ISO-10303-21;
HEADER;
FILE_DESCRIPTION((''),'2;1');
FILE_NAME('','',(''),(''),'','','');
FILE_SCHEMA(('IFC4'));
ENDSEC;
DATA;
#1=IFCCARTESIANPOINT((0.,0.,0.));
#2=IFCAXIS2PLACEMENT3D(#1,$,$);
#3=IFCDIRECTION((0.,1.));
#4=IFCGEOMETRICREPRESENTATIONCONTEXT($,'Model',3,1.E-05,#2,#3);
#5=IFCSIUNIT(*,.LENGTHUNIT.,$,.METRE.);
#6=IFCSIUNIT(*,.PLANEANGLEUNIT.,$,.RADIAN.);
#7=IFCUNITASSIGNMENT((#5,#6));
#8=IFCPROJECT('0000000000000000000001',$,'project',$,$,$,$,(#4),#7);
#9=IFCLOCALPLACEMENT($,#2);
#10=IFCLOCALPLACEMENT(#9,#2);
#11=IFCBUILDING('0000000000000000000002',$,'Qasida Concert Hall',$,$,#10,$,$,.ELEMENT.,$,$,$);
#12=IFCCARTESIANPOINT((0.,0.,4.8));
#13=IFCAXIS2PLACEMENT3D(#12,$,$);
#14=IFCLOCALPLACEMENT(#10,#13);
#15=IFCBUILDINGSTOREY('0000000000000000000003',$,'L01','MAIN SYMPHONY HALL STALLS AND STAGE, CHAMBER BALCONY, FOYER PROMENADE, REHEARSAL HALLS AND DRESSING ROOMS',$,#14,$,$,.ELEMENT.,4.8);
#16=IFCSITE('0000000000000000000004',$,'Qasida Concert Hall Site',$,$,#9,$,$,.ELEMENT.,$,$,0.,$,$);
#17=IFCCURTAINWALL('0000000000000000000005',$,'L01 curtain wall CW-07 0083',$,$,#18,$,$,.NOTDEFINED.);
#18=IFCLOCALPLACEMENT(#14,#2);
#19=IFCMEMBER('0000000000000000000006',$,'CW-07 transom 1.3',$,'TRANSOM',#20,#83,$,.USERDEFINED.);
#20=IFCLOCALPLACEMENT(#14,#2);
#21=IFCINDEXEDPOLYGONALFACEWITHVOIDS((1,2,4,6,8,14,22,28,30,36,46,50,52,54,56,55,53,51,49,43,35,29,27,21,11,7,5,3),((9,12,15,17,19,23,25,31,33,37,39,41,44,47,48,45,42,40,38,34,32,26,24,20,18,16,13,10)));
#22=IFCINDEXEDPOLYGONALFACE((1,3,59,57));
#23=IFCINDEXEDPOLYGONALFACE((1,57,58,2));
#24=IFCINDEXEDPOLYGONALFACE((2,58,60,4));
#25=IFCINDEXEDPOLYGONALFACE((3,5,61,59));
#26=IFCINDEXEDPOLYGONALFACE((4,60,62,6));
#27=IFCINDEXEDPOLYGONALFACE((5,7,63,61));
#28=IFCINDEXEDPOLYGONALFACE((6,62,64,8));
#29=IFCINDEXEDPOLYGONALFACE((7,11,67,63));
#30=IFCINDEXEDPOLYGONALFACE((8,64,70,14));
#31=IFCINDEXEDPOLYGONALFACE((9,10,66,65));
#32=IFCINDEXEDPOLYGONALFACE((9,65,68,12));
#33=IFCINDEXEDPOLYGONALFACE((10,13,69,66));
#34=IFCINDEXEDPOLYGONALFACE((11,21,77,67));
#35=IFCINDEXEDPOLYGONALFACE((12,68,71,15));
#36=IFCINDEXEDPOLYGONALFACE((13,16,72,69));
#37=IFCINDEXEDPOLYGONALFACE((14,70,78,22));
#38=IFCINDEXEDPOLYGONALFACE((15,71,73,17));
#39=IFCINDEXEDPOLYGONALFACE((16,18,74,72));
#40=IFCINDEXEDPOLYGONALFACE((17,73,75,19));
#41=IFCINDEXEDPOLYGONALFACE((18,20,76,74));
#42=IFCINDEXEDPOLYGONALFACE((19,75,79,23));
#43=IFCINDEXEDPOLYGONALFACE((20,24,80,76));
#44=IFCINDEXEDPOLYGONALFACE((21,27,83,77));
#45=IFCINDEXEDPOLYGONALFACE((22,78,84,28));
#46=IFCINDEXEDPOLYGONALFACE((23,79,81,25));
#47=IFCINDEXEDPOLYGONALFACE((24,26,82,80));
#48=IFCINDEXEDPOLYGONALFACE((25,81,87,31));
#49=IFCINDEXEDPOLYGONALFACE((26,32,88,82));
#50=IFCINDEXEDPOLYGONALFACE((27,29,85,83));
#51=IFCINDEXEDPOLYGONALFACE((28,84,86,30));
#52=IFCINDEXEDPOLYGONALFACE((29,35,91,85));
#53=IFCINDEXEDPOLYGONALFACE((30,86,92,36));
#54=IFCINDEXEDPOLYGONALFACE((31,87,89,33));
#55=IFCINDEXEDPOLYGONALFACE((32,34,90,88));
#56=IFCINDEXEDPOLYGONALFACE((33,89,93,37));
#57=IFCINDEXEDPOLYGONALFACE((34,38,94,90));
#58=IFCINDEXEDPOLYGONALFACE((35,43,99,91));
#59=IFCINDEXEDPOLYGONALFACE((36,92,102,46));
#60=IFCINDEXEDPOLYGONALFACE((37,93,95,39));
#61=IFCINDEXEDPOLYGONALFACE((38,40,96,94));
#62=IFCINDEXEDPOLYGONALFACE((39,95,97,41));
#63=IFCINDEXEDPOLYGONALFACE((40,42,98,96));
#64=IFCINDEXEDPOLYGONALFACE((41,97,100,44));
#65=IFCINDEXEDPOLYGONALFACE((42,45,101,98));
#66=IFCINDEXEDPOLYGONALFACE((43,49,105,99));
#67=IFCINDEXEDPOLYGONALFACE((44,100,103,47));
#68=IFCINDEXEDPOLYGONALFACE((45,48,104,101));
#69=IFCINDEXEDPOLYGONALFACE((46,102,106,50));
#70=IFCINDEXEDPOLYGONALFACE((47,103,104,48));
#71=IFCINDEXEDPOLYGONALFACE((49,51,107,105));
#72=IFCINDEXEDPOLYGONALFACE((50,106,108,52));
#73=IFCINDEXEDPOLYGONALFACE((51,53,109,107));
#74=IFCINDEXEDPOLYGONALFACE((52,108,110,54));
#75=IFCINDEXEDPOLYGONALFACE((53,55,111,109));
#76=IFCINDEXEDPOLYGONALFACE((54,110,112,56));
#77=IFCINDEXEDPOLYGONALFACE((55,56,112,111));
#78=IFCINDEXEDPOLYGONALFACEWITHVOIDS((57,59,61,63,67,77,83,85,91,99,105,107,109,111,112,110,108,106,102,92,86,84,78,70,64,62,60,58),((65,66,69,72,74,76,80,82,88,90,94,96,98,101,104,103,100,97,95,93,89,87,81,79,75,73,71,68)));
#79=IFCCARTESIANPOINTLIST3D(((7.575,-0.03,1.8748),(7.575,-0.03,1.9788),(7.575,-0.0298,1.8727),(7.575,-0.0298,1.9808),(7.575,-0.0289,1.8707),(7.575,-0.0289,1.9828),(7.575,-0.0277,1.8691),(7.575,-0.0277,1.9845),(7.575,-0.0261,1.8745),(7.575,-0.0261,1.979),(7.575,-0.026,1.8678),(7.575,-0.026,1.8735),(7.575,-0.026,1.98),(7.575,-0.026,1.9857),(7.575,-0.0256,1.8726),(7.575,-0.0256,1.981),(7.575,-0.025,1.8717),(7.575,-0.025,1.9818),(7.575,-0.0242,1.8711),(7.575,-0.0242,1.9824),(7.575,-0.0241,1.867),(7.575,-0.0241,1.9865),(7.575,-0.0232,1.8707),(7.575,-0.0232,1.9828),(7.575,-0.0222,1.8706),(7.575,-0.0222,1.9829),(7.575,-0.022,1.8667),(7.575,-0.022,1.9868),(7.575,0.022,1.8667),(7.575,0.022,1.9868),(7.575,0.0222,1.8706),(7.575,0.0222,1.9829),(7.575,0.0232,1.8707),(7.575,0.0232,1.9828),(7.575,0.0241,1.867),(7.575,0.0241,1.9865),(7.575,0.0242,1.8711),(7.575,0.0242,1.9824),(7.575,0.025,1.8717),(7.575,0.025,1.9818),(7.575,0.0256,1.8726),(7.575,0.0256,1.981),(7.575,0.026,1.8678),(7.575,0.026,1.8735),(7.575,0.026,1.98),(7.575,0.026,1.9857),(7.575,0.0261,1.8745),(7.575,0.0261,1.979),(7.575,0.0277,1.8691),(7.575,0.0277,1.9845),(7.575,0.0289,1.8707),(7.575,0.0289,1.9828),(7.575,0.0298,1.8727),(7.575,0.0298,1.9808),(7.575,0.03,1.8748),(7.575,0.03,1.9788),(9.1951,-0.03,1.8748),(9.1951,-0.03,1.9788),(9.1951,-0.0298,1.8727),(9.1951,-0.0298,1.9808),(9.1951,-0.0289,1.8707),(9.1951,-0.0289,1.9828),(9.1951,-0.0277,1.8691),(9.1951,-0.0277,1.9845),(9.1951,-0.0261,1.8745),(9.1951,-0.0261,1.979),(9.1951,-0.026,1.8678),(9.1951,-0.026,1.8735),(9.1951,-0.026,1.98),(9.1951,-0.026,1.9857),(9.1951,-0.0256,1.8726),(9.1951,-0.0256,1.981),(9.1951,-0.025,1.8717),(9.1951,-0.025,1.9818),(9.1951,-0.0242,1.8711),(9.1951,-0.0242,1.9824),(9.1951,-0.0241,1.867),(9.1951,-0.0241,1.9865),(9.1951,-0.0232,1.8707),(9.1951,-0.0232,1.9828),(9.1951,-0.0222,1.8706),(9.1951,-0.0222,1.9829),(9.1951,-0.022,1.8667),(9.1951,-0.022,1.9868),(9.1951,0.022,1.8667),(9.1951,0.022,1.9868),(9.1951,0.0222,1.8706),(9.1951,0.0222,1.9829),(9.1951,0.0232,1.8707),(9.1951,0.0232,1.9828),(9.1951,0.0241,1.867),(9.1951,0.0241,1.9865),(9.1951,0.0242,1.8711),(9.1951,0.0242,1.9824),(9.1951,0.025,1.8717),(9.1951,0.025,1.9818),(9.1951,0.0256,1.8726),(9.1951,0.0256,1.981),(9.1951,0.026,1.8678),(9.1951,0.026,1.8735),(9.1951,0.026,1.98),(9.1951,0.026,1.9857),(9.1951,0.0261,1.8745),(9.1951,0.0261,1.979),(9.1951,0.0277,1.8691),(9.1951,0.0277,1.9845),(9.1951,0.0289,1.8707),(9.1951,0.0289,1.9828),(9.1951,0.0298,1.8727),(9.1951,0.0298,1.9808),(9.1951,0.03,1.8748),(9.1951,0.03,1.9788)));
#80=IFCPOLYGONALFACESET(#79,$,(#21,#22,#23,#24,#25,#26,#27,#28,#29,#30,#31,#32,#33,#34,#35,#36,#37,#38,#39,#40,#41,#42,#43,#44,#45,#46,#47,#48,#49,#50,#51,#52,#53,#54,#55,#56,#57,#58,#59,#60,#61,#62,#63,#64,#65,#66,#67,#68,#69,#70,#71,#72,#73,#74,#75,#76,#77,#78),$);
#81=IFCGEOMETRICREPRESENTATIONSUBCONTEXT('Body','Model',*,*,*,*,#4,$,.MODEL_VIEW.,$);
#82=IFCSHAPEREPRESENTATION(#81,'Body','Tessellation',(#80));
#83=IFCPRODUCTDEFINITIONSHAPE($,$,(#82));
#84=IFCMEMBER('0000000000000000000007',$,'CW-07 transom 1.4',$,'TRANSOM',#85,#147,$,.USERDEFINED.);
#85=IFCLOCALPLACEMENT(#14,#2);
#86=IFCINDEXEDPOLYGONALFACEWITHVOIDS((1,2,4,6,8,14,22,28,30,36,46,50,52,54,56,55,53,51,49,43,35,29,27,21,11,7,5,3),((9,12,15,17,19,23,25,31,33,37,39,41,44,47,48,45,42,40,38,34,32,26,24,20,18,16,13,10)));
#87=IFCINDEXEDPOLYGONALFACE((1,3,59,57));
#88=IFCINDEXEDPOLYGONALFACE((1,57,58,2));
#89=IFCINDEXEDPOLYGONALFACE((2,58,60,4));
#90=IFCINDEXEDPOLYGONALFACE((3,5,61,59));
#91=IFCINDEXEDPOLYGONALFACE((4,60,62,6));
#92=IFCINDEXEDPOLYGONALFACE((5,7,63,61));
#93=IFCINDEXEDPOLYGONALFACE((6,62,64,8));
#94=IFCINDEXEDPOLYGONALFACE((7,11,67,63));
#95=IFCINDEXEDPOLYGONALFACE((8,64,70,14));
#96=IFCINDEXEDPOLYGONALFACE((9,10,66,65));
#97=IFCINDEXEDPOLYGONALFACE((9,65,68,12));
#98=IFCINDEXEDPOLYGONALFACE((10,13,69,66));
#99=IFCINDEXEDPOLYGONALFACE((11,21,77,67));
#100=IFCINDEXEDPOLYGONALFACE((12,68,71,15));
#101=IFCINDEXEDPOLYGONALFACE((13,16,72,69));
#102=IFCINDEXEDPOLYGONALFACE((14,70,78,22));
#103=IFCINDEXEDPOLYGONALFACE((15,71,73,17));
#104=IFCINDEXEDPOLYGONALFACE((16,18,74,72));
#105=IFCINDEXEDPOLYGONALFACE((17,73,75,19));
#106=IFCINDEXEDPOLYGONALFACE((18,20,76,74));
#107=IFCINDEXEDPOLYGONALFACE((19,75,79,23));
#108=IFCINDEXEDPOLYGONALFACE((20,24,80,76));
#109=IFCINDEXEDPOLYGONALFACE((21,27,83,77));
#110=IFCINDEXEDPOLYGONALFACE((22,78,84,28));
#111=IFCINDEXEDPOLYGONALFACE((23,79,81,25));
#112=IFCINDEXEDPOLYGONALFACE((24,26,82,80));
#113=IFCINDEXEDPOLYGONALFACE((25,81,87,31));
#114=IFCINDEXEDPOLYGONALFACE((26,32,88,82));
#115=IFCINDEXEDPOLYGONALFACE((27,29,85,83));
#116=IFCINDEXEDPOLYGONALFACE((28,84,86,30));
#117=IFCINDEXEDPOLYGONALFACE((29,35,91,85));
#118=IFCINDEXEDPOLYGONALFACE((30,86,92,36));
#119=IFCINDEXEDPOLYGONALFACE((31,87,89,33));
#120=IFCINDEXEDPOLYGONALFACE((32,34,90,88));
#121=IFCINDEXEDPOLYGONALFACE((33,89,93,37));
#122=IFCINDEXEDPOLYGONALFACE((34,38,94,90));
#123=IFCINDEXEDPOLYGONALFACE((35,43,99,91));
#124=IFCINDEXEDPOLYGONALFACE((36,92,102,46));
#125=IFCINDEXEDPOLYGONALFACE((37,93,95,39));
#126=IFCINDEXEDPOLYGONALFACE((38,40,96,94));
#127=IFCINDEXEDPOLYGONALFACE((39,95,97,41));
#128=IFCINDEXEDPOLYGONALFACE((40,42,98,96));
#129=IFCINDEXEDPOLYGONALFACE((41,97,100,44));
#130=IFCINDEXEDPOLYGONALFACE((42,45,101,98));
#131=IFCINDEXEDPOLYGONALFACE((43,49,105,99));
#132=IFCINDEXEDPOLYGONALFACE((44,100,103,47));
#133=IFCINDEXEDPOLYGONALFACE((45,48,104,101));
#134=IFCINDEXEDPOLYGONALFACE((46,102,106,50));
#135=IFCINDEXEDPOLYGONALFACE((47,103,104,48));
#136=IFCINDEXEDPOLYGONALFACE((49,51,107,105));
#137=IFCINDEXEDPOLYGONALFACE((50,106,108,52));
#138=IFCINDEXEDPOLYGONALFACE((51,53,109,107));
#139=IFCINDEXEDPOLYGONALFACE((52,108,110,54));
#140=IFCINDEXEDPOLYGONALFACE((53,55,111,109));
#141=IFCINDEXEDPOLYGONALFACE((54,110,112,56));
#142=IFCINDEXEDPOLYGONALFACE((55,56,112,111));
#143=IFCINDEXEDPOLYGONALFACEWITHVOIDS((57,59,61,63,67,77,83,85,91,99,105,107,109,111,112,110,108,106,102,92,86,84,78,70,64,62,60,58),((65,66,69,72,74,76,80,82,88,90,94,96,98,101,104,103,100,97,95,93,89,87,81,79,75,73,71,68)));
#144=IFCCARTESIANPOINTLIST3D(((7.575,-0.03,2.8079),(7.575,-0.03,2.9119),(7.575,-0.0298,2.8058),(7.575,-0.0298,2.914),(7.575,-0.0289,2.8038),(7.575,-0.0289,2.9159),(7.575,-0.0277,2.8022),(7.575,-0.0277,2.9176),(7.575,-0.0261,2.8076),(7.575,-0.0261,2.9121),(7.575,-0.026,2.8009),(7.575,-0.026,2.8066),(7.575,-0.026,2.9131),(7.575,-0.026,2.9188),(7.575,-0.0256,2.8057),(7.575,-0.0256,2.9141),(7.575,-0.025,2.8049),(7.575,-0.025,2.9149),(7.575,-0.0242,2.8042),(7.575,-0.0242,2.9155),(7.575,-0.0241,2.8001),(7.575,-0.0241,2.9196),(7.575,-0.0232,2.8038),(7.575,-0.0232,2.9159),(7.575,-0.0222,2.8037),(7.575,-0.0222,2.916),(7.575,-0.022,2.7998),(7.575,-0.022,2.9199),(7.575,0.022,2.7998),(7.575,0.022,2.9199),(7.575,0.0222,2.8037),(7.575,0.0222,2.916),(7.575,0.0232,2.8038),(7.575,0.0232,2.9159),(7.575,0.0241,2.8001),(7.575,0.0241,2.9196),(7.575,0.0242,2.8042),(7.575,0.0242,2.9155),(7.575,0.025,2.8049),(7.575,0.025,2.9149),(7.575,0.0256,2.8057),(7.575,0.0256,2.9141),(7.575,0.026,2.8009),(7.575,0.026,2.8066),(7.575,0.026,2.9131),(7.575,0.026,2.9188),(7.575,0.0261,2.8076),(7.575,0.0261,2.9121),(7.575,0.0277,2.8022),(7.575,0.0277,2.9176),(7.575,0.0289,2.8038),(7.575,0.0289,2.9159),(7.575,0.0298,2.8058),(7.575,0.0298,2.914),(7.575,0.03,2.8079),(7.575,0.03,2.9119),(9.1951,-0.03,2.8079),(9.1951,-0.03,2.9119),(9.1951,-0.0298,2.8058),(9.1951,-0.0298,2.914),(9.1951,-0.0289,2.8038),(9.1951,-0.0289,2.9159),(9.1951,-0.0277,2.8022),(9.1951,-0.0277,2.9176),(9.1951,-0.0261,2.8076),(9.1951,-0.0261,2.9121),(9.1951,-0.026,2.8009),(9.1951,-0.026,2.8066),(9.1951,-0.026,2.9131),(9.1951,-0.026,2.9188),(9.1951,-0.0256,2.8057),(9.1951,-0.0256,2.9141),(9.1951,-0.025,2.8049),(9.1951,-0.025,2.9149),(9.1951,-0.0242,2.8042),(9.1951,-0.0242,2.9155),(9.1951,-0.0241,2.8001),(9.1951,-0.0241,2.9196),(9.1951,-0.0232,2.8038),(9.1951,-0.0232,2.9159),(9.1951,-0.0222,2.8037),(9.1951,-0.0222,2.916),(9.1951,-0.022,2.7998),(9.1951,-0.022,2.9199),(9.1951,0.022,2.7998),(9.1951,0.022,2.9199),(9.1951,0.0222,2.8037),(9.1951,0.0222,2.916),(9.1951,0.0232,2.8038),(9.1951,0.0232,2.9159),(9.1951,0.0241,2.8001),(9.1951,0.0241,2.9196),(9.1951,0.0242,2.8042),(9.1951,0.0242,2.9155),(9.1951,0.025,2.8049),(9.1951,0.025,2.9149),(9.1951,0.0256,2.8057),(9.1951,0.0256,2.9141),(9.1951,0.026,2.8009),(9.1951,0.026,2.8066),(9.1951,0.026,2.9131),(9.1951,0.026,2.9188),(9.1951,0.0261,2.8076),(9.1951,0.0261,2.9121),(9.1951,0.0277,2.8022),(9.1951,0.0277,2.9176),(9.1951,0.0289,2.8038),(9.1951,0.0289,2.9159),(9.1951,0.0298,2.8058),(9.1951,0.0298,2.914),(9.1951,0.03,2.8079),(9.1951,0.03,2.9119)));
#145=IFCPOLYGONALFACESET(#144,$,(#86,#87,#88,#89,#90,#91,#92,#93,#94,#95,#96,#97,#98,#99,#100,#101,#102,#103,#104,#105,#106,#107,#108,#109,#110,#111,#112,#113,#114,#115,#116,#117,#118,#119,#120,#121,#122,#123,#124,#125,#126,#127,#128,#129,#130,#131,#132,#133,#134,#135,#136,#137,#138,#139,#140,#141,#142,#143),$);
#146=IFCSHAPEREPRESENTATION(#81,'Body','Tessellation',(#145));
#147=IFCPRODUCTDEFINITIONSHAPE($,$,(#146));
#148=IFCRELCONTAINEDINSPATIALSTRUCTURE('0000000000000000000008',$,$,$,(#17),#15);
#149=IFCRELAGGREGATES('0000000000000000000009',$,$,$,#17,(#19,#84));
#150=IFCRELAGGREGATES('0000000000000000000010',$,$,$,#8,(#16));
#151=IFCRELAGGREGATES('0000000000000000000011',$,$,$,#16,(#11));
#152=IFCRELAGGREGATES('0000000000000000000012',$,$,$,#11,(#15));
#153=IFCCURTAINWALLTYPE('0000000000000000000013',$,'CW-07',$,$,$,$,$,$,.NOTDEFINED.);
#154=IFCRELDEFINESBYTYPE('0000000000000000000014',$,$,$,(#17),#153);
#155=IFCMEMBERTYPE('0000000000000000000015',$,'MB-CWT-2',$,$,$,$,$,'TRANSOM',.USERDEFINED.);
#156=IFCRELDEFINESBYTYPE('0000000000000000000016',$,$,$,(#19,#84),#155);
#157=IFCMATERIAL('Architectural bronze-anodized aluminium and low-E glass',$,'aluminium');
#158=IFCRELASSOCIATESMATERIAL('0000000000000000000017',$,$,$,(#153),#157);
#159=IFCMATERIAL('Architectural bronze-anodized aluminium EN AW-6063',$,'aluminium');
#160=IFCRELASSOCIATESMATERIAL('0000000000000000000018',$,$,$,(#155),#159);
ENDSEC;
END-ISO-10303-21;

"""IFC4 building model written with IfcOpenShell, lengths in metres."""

from ifc_helpers import new_model, si_unit, direction, frame, origin, origin_2d, place, context, subcontext, project, spatial, hollow_rectangle, extrude, material, material_profile, profile_set, type_object, element, aggregate, save


model = new_model("IFC4")

# Units and contexts
model_context = context("Model", 3, precision=1e-05, world=origin(), true_north=direction((0.0, 1.0)))
body_context = subcontext(model_context, "Body", "Model", "MODEL_VIEW")
ifc_project = project(units=[si_unit("LENGTHUNIT", "METRE"), si_unit("PLANEANGLEUNIT", "RADIAN")], contexts=[model_context])

# Site, building, storey
site_placement = place(None, origin())
site = spatial("IfcSite", under=ifc_project, at=site_placement, Name="Qasida Concert Hall Site", CompositionType="ELEMENT", RefElevation=0.0)
building_placement = place(site_placement, origin())
building = spatial("IfcBuilding", under=site, at=building_placement, Name="Qasida Concert Hall", CompositionType="ELEMENT")
storey_placement = place(building_placement, frame((0.0, 0.0, 4.8)))
storey = spatial("IfcBuildingStorey", under=building, at=storey_placement, Name="L01", Description="MAIN SYMPHONY HALL STALLS AND STAGE, CHAMBER BALCONY, FOYER PROMENADE, REHEARSAL HALLS AND DRESSING ROOMS", CompositionType="ELEMENT", Elevation=4.8)

# Shared definitions
ifc_material_1 = material(Name="Architectural bronze-anodized aluminium and low-E glass", Category="aluminium")
curtain_wall_type = type_object("IfcCurtainWallType", Name="CW-07", PredefinedType="NOTDEFINED", material=ifc_material_1)
ifc_material_2 = material(Name="Architectural bronze-anodized aluminium EN AW-6063", Category="aluminium")

# Curtain wall, members
curtain_wall_1_placement = place(storey_placement, origin())
curtain_wall_1 = element("IfcCurtainWall", 1, at=curtain_wall_1_placement, inside=storey, type_object=curtain_wall_type, Name="L01 curtain wall CW-07 0083", PredefinedType="NOTDEFINED")
ifc_material_profile_1 = material_profile(ifc_material_2, hollow_rectangle(XDim=0.0601, YDim=0.1201, WallThickness=0.0039, InnerFilletRadius=0.0039, OuterFilletRadius=0.0081, at=origin_2d()), Name="CWT 120x60x4")
ifc_profile_set_1 = profile_set([ifc_material_profile_1], Name="Architectural bronze-anodized aluminium EN AW-6063")
member_type_1 = type_object("IfcMemberType", Name="MB-CWT-2", ElementType="TRANSOM", PredefinedType="USERDEFINED", material=ifc_profile_set_1)
member_1_placement = place(storey_placement, frame((7.575, 0.0, 1.9268), z_axis=(1.0, 0.0, 0.0), x_axis=(0.0, 1.0, 0.0)))
member_1 = element("IfcMember", 2, at=member_1_placement, type_object=member_type_1, Name="CW-07 transom 1.3", ObjectType="TRANSOM", PredefinedType="USERDEFINED", context=body_context, shape_type="SweptSolid", body=[
    extrude(hollow_rectangle(XDim=0.0601, YDim=0.1201, WallThickness=0.0039, InnerFilletRadius=0.0039, OuterFilletRadius=0.0081, at=origin_2d()), origin(), (0.0, 0.0, 1.0), 1.6201),
])
member_2_placement = place(storey_placement, frame((7.575, 0.0, 2.8599), z_axis=(1.0, 0.0, 0.0), x_axis=(0.0, 1.0, 0.0)))
member_2 = element("IfcMember", 3, at=member_2_placement, type_object=member_type_1, Name="CW-07 transom 1.4", ObjectType="TRANSOM", PredefinedType="USERDEFINED", context=body_context, shape_type="SweptSolid", body=[
    extrude(hollow_rectangle(XDim=0.0601, YDim=0.1201, WallThickness=0.0039, InnerFilletRadius=0.0039, OuterFilletRadius=0.0081, at=origin_2d()), origin(), (0.0, 0.0, 1.0), 1.6201),
])

aggregate(curtain_wall_1, [member_1, member_2])

save(model, "model.ifc")
